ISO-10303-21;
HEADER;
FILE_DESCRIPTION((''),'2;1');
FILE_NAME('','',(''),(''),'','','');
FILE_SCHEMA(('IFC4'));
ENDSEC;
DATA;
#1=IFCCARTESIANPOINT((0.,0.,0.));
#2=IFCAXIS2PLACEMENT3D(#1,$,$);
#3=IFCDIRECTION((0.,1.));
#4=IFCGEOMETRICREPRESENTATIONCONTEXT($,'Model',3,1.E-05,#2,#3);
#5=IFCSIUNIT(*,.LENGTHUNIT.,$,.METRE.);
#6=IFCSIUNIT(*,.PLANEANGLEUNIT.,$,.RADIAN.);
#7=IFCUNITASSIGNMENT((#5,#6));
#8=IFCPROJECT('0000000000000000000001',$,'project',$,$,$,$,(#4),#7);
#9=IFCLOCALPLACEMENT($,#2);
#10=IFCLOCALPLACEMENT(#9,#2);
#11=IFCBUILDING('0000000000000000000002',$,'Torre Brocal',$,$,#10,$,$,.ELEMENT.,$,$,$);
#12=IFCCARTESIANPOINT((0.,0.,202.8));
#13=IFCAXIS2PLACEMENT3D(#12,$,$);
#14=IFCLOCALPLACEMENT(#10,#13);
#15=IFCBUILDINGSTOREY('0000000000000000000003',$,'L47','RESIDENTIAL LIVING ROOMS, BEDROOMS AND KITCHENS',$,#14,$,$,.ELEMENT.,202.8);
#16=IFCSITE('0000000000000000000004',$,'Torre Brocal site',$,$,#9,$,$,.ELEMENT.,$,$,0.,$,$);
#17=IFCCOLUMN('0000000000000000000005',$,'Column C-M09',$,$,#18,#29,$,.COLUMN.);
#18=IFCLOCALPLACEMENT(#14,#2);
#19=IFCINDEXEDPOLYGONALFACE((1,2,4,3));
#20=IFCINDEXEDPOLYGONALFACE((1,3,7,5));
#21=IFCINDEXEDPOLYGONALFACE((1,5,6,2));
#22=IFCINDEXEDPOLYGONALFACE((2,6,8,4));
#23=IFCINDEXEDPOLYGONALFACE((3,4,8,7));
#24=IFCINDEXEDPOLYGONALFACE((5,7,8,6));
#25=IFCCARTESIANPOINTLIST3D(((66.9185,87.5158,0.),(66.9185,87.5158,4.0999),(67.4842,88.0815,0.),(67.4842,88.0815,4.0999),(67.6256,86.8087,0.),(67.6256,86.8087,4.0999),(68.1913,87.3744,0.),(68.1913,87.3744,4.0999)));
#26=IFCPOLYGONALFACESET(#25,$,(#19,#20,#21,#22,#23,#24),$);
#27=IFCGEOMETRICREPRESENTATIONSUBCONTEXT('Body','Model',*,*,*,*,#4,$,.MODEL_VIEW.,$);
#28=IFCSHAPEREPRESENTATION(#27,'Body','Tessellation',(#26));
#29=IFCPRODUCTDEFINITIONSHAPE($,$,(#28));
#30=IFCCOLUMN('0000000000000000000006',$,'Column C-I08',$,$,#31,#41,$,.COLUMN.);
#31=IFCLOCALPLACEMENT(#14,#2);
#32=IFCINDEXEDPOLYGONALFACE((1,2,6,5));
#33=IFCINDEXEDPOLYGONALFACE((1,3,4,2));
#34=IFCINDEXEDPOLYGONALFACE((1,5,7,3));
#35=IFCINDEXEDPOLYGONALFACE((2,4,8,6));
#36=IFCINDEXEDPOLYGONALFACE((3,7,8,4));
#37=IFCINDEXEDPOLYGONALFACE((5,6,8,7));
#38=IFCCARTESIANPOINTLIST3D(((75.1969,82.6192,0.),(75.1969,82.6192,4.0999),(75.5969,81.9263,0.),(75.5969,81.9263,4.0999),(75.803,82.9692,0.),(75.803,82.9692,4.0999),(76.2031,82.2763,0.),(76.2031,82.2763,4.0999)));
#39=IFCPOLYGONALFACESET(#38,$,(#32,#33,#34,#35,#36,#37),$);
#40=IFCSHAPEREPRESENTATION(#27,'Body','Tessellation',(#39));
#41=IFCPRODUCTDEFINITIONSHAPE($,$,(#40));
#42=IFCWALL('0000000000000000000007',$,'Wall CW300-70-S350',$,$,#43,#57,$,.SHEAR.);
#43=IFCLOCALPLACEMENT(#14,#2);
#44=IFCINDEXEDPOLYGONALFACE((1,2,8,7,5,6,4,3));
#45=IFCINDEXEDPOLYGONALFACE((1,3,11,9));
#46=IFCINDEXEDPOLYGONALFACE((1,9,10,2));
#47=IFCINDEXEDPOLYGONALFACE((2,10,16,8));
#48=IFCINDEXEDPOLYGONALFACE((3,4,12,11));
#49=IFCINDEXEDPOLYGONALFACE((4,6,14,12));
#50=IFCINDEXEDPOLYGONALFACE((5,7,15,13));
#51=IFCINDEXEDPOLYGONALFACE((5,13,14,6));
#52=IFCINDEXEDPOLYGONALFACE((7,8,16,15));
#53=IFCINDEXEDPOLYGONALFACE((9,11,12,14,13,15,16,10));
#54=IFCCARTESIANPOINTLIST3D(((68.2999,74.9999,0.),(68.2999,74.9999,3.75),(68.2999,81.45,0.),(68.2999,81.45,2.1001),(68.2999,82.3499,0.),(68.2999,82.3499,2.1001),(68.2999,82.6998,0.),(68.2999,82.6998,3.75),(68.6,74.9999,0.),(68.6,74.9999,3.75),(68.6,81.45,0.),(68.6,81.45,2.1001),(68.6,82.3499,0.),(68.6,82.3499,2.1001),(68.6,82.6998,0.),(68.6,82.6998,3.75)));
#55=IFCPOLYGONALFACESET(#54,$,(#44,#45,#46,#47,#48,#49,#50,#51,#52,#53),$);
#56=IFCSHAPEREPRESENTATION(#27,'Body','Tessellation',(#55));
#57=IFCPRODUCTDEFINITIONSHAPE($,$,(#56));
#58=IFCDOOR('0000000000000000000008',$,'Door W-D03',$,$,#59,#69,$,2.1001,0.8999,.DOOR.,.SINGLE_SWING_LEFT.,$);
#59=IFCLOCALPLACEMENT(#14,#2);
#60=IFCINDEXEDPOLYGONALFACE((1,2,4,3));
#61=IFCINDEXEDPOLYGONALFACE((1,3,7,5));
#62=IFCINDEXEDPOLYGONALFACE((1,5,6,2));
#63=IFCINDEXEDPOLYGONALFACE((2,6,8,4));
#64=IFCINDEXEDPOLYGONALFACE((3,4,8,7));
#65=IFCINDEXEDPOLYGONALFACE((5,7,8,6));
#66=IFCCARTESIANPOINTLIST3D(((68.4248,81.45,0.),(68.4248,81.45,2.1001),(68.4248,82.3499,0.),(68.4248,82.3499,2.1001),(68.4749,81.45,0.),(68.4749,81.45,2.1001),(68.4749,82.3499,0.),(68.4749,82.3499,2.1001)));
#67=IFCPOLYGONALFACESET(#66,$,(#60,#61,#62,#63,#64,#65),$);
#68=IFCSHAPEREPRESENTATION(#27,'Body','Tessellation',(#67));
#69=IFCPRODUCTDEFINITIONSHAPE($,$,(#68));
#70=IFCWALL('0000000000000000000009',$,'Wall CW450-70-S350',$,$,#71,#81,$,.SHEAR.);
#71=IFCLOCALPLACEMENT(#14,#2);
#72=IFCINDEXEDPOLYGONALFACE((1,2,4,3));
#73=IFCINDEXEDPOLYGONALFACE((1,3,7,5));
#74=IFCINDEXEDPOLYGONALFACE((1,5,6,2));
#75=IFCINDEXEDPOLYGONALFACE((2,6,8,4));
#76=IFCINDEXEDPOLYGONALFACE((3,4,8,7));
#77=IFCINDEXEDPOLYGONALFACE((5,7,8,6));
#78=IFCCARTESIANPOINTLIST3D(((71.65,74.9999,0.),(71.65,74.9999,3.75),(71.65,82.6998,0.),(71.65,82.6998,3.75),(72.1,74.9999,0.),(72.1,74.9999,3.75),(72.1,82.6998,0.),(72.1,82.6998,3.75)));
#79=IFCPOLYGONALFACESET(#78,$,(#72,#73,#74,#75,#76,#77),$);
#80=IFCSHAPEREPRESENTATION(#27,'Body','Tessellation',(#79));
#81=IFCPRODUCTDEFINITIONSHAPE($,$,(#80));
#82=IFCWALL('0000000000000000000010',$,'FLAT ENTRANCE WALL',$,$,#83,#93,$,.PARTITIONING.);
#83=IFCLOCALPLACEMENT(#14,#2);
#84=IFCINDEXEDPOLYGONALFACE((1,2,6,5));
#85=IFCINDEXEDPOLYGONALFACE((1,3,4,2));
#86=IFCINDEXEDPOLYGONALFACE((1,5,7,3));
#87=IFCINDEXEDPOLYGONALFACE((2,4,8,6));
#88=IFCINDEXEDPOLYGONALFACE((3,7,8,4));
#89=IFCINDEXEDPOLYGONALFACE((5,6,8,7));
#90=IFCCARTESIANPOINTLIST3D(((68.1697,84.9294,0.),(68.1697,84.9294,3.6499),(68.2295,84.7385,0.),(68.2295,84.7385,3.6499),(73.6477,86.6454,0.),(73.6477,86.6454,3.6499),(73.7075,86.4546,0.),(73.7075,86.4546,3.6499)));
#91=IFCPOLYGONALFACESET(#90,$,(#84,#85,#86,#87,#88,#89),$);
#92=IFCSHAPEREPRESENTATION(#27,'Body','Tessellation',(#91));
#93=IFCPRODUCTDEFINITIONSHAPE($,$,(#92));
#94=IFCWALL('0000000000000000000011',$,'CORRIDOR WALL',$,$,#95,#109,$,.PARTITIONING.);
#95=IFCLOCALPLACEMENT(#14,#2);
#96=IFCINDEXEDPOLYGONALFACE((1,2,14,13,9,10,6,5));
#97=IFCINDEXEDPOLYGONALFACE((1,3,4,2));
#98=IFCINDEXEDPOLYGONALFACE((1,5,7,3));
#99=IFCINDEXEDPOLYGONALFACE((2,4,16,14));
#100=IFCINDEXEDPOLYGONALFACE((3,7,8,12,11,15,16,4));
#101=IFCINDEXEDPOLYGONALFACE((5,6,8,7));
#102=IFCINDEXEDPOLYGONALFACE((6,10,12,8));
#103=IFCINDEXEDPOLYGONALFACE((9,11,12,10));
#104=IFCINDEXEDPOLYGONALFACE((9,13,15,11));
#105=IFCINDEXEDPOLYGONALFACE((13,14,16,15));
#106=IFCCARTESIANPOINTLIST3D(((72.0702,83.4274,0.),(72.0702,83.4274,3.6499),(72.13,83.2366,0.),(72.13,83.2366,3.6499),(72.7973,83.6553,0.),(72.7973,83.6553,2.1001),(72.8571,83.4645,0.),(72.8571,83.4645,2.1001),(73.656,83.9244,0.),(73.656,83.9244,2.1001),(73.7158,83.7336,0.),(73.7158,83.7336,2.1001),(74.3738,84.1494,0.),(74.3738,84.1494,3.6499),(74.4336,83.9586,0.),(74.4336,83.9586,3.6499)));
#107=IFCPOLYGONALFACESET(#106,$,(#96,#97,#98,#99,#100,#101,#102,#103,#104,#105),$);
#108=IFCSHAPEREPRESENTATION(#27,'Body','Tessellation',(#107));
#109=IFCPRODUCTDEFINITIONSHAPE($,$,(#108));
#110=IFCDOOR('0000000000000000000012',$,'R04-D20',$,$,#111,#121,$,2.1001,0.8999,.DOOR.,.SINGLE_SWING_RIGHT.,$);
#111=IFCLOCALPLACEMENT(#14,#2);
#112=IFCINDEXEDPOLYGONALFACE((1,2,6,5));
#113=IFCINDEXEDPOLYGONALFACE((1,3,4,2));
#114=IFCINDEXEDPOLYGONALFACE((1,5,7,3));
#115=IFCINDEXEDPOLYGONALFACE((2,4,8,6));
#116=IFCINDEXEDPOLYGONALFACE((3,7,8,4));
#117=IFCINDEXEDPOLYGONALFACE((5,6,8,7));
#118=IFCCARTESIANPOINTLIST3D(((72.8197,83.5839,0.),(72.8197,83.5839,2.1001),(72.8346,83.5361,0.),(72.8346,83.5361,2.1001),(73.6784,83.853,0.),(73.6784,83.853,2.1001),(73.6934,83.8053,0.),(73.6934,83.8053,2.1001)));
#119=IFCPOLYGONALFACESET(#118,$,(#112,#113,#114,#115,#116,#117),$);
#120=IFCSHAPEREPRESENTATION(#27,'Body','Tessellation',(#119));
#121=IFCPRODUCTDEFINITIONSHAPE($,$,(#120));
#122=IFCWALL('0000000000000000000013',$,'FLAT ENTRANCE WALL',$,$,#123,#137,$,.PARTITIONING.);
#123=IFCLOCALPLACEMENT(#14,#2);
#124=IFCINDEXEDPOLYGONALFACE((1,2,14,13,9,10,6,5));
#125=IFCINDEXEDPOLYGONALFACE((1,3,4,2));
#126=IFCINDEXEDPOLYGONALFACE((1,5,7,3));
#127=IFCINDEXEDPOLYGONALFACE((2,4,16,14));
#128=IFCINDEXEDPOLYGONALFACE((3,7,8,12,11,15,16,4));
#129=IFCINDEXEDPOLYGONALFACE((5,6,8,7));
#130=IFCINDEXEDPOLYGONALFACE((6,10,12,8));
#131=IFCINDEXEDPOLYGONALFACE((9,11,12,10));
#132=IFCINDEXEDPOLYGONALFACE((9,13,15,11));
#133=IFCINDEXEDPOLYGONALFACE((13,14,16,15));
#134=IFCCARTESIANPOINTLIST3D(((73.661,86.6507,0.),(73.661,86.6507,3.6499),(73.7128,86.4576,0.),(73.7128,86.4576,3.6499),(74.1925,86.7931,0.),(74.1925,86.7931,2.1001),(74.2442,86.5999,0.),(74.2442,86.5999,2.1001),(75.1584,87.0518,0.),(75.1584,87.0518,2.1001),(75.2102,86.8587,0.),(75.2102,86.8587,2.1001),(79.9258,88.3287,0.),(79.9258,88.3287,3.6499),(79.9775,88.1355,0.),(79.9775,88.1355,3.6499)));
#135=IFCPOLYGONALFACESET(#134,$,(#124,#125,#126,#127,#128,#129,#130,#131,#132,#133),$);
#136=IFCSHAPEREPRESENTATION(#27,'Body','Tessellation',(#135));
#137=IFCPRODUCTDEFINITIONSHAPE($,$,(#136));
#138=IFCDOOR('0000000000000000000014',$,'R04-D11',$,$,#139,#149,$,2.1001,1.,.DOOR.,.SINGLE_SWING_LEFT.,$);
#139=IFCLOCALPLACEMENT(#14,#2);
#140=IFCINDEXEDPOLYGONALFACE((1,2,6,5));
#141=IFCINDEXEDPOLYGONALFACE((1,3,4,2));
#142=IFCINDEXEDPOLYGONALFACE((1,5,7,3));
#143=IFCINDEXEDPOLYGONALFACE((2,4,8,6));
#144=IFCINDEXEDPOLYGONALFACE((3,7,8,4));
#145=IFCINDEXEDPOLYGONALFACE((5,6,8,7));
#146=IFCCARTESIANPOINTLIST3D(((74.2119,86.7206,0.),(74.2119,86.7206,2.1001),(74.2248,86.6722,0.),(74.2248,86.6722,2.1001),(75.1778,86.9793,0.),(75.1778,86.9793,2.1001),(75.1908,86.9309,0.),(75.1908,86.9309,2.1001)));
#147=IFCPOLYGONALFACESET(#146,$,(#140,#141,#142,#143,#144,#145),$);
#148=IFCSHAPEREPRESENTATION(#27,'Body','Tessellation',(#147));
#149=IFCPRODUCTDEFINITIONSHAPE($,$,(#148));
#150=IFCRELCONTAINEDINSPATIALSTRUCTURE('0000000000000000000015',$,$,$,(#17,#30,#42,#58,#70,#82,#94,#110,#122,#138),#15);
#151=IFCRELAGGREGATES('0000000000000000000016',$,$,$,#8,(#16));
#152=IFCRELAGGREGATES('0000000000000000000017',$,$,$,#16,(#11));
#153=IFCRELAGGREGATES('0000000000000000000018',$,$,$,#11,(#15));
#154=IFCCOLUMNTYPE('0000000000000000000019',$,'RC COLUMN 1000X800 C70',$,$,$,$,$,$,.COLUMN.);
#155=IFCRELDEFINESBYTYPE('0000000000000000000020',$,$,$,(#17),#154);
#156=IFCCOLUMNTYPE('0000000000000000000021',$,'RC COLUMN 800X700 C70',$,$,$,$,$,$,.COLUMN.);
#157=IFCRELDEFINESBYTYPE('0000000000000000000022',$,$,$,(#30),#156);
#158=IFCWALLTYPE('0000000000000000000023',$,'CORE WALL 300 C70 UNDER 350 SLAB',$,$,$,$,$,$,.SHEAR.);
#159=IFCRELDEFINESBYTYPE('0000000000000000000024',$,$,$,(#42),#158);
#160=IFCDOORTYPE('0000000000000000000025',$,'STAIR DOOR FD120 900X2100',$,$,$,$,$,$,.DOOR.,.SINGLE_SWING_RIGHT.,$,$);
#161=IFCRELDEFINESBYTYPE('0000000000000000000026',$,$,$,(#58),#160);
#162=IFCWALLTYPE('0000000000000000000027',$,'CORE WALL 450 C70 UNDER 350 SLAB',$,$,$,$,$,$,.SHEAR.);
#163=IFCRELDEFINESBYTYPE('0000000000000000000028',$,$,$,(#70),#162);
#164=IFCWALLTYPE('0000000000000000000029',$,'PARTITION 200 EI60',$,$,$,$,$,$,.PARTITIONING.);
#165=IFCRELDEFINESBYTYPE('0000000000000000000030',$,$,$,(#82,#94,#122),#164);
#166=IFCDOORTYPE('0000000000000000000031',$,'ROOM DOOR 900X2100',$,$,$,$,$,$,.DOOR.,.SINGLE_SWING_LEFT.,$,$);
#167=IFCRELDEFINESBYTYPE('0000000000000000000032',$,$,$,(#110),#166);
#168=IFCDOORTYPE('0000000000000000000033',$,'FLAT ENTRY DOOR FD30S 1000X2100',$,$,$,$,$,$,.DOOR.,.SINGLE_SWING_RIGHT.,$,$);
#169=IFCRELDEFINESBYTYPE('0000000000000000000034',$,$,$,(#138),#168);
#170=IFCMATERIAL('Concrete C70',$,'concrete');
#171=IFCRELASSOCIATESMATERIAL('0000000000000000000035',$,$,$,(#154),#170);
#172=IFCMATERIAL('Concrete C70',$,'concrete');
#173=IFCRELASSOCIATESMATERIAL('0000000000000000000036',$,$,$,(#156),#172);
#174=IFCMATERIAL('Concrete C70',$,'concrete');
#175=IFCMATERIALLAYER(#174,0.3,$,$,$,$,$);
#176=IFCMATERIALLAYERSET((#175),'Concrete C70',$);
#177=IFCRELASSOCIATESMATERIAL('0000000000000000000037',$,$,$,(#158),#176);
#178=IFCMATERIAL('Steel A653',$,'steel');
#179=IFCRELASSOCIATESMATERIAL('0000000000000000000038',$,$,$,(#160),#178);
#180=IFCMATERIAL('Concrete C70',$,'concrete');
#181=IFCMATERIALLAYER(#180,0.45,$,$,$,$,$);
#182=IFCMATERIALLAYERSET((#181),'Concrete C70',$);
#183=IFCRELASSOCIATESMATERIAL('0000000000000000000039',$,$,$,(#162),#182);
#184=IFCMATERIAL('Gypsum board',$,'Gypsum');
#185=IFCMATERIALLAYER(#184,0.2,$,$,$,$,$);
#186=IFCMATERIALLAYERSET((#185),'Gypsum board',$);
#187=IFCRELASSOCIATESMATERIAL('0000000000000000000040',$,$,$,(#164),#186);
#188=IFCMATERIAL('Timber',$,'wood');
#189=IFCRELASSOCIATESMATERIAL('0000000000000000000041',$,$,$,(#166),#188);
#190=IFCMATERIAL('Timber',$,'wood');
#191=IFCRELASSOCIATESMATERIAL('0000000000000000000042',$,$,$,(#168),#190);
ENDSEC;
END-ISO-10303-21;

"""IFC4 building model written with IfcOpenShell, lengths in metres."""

from ifc_helpers import new_model, si_unit, direction, frame, frame_2d, origin, origin_2d, place, context, subcontext, project, spatial, rectangle, extrude, material, layer, layer_set, material_profile, profile_set, type_object, element, fill, save


model = new_model("IFC4")

# Units and contexts
model_context = context("Model", 3, precision=1e-05, world=origin(), true_north=direction((0.0, 1.0)))
body_context = subcontext(model_context, "Body", "Model", "MODEL_VIEW")
ifc_project = project(units=[si_unit("LENGTHUNIT", "METRE"), si_unit("PLANEANGLEUNIT", "RADIAN")], contexts=[model_context])

# Site, building, storey
site_placement = place(None, origin())
site = spatial("IfcSite", under=ifc_project, at=site_placement, Name="Torre Brocal site", CompositionType="ELEMENT", RefElevation=0.0)
building_placement = place(site_placement, origin())
building = spatial("IfcBuilding", under=site, at=building_placement, Name="Torre Brocal", CompositionType="ELEMENT")
storey_placement = place(building_placement, frame((0.0, 0.0, 202.8)))
storey = spatial("IfcBuildingStorey", under=building, at=storey_placement, Name="L47", Description="RESIDENTIAL LIVING ROOMS, BEDROOMS AND KITCHENS", CompositionType="ELEMENT", Elevation=202.8)

# Columns
ifc_material_1 = material(Name="Concrete C70", Category="concrete")
ifc_material_profile_1 = material_profile(ifc_material_1, rectangle(XDim=1.0, YDim=0.8, at=origin_2d()), Name="RC 1000X800")
ifc_profile_set_1 = profile_set([ifc_material_profile_1], Name="Concrete C70")
column_type_1 = type_object("IfcColumnType", Name="RC COLUMN 1000X800 C70", PredefinedType="COLUMN", material=ifc_profile_set_1)
column_1_placement = place(storey_placement, frame((67.5549, 87.4451, 0.0), z_axis=(0.0, 0.0, 1.0), x_axis=(-0.707107, 0.707107, 0.0)))
element("IfcColumn", 1, at=column_1_placement, inside=storey, type_object=column_type_1, Name="Column C-M09", PredefinedType="COLUMN", context=body_context, shape_type="SweptSolid", body=[
    extrude(rectangle(XDim=1.0, YDim=0.8, at=origin_2d()), origin(), (0.0, 0.0, 1.0), 4.0999),
])
ifc_material_2 = material(Name="Concrete C70", Category="concrete")
ifc_material_profile_2 = material_profile(ifc_material_2, rectangle(XDim=0.8, YDim=0.7, at=origin_2d()), Name="RC 800X700")
ifc_profile_set_2 = profile_set([ifc_material_profile_2], Name="Concrete C70")
column_type_2 = type_object("IfcColumnType", Name="RC COLUMN 800X700 C70", PredefinedType="COLUMN", material=ifc_profile_set_2)
column_2_placement = place(storey_placement, frame((75.7, 82.4478, 0.0), z_axis=(0.0, 0.0, 1.0), x_axis=(-0.5, 0.866025, 0.0)))
element("IfcColumn", 2, at=column_2_placement, inside=storey, type_object=column_type_2, Name="Column C-I08", PredefinedType="COLUMN", context=body_context, shape_type="SweptSolid", body=[
    extrude(rectangle(XDim=0.8, YDim=0.7, at=origin_2d()), origin(), (0.0, 0.0, 1.0), 4.0999),
])

# Wall, opening, door
ifc_material_3 = material(Name="Concrete C70", Category="concrete")
ifc_layer_1 = layer(ifc_material_3, 0.3)
ifc_layer_set_1 = layer_set([ifc_layer_1], Name="Concrete C70")
wall_type_1 = type_object("IfcWallType", Name="CORE WALL 300 C70 UNDER 350 SLAB", PredefinedType="SHEAR", material=ifc_layer_set_1)
wall_1_placement = place(storey_placement, frame((68.45, 82.7, 0.0), z_axis=(0.0, 0.0, 1.0), x_axis=(0.0, -1.0, 0.0)))
wall_1 = element("IfcWall", 3, at=wall_1_placement, inside=storey, type_object=wall_type_1, Name="Wall CW300-70-S350", PredefinedType="SHEAR", context=body_context, shape_type="SweptSolid", body=[
    extrude(rectangle(XDim=7.7, YDim=0.3, at=frame_2d((3.8501, 0.0))), origin(), (0.0, 0.0, 1.0), 3.75),
])
opening_1_placement = place(wall_1_placement, frame((0.3501, 0.0, 0.0)))
opening_1 = element("IfcOpeningElement", 4, at=opening_1_placement, cuts=wall_1, PredefinedType="OPENING", context=body_context, shape_type="SweptSolid", body=[
    extrude(rectangle(XDim=0.8999, YDim=2.1001, at=frame_2d((0.45, 1.05))), frame((0.0, 0.1599, 0.0), z_axis=(0.0, -1.0, 0.0), x_axis=(1.0, 0.0, 0.0)), (0.0, 0.0, 1.0), 0.3201),
])
ifc_material_4 = material(Name="Steel A653", Category="steel")
door_type_1 = type_object("IfcDoorType", Name="STAIR DOOR FD120 900X2100", OperationType="SINGLE_SWING_RIGHT", PredefinedType="DOOR", material=ifc_material_4)
door_1_placement = place(opening_1_placement, origin())
door_1 = element("IfcDoor", 5, at=door_1_placement, inside=storey, type_object=door_type_1, Name="Door W-D03", OperationType="SINGLE_SWING_LEFT", OverallHeight=2.1001, OverallWidth=0.8999, PredefinedType="DOOR", context=body_context, shape_type="SweptSolid", body=[
    extrude(rectangle(XDim=0.8999, YDim=2.1001, at=frame_2d((0.45, 1.05))), frame((0.0, 0.0249, 0.0), z_axis=(0.0, -1.0, 0.0), x_axis=(1.0, 0.0, 0.0)), (0.0, 0.0, 1.0), 0.05),
])
fill(opening_1, door_1)

# Wall
ifc_material_5 = material(Name="Concrete C70", Category="concrete")
ifc_layer_2 = layer(ifc_material_5, 0.45)
ifc_layer_set_2 = layer_set([ifc_layer_2], Name="Concrete C70")
wall_type_2 = type_object("IfcWallType", Name="CORE WALL 450 C70 UNDER 350 SLAB", PredefinedType="SHEAR", material=ifc_layer_set_2)
wall_2_placement = place(storey_placement, frame((71.875, 82.7, 0.0), z_axis=(0.0, 0.0, 1.0), x_axis=(0.0, -1.0, 0.0)))
element("IfcWall", 6, at=wall_2_placement, inside=storey, type_object=wall_type_2, Name="Wall CW450-70-S350", PredefinedType="SHEAR", context=body_context, shape_type="SweptSolid", body=[
    extrude(rectangle(XDim=7.7, YDim=0.45, at=frame_2d((3.8501, 0.0))), origin(), (0.0, 0.0, 1.0), 3.75),
])

# Wall
ifc_material_6 = material(Name="Gypsum board", Category="Gypsum")
ifc_layer_3 = layer(ifc_material_6, 0.2)
ifc_layer_set_3 = layer_set([ifc_layer_3], Name="Gypsum board")
wall_type_3 = type_object("IfcWallType", Name="PARTITION 200 EI60", PredefinedType="PARTITIONING", material=ifc_layer_set_3)
wall_3_placement = place(storey_placement, frame((68.1997, 84.834, 0.0), z_axis=(0.0, 0.0, 1.0), x_axis=(0.954272, 0.298938, 0.0)))
element("IfcWall", 7, at=wall_3_placement, inside=storey, type_object=wall_type_3, Name="FLAT ENTRANCE WALL", PredefinedType="PARTITIONING", context=body_context, shape_type="SweptSolid", body=[
    extrude(rectangle(XDim=5.7405, YDim=0.2, at=frame_2d((2.8701, 0.0))), origin(), (0.0, 0.0, 1.0), 3.6499),
])

# Walls, openings, doors
wall_4_placement = place(storey_placement, frame((72.1001, 83.332, 0.0), z_axis=(0.0, 0.0, 1.0), x_axis=(0.954233, 0.299064, 0.0)))
wall_4 = element("IfcWall", 8, at=wall_4_placement, inside=storey, type_object=wall_type_3, Name="CORRIDOR WALL", PredefinedType="PARTITIONING", context=body_context, shape_type="SweptSolid", body=[
    extrude(rectangle(XDim=2.4141, YDim=0.2, at=frame_2d((1.207, 0.0))), origin(), (0.0, 0.0, 1.0), 3.6499),
])
opening_2_placement = place(wall_4_placement, frame((0.762, 0.0, 0.0)))
opening_2 = element("IfcOpeningElement", 9, at=opening_2_placement, cuts=wall_4, PredefinedType="OPENING", context=body_context, shape_type="SweptSolid", body=[
    extrude(rectangle(XDim=0.8999, YDim=2.1001, at=frame_2d((0.45, 1.05))), frame((0.0, 0.1099, 0.0), z_axis=(0.0, -1.0, 0.0), x_axis=(1.0, 0.0, 0.0)), (0.0, 0.0, 1.0), 0.22),
])
ifc_material_7 = material(Name="Timber", Category="wood")
door_type_2 = type_object("IfcDoorType", Name="ROOM DOOR 900X2100", OperationType="SINGLE_SWING_LEFT", PredefinedType="DOOR", material=ifc_material_7)
door_2_placement = place(opening_2_placement, frame((0.8999, 0.0, 0.0), z_axis=(0.0, 0.0, 1.0), x_axis=(-1.0, 0.0, 0.0)))
door_2 = element("IfcDoor", 10, at=door_2_placement, inside=storey, type_object=door_type_2, Name="R04-D20", OperationType="SINGLE_SWING_RIGHT", OverallHeight=2.1001, OverallWidth=0.8999, PredefinedType="DOOR", context=body_context, shape_type="SweptSolid", body=[
    extrude(rectangle(XDim=0.8999, YDim=2.1001, at=frame_2d((0.45, 1.05))), frame((0.0, 0.0249, 0.0), z_axis=(0.0, -1.0, 0.0), x_axis=(1.0, 0.0, 0.0)), (0.0, 0.0, 1.0), 0.05),
])
fill(opening_2, door_2)
wall_5_placement = place(storey_placement, frame((73.687, 86.5542, 0.0), z_axis=(0.0, 0.0, 1.0), x_axis=(0.965953, 0.258719, 0.0)))
wall_5 = element("IfcWall", 11, at=wall_5_placement, inside=storey, type_object=wall_type_3, Name="FLAT ENTRANCE WALL", PredefinedType="PARTITIONING", context=body_context, shape_type="SweptSolid", body=[
    extrude(rectangle(XDim=6.4856, YDim=0.2, at=frame_2d((3.2427, 0.0))), origin(), (0.0, 0.0, 1.0), 3.6499),
])
opening_3_placement = place(wall_5_placement, frame((0.55, 0.0, 0.0)))
opening_3 = element("IfcOpeningElement", 12, at=opening_3_placement, cuts=wall_5, PredefinedType="OPENING", context=body_context, shape_type="SweptSolid", body=[
    extrude(rectangle(XDim=1.0, YDim=2.1001, at=frame_2d((0.5, 1.05))), frame((0.0, 0.1099, 0.0), z_axis=(0.0, -1.0, 0.0), x_axis=(1.0, 0.0, 0.0)), (0.0, 0.0, 1.0), 0.22),
])
ifc_material_8 = material(Name="Timber", Category="wood")
door_type_3 = type_object("IfcDoorType", Name="FLAT ENTRY DOOR FD30S 1000X2100", OperationType="SINGLE_SWING_RIGHT", PredefinedType="DOOR", material=ifc_material_8)
door_3_placement = place(opening_3_placement, origin())
door_3 = element("IfcDoor", 13, at=door_3_placement, inside=storey, type_object=door_type_3, Name="R04-D11", OperationType="SINGLE_SWING_LEFT", OverallHeight=2.1001, OverallWidth=1.0, PredefinedType="DOOR", context=body_context, shape_type="SweptSolid", body=[
    extrude(rectangle(XDim=1.0, YDim=2.1001, at=frame_2d((0.5, 1.05))), frame((0.0, 0.0249, 0.0), z_axis=(0.0, -1.0, 0.0), x_axis=(1.0, 0.0, 0.0)), (0.0, 0.0, 1.0), 0.05),
])
fill(opening_3, door_3)

save(model, "model.ifc")
